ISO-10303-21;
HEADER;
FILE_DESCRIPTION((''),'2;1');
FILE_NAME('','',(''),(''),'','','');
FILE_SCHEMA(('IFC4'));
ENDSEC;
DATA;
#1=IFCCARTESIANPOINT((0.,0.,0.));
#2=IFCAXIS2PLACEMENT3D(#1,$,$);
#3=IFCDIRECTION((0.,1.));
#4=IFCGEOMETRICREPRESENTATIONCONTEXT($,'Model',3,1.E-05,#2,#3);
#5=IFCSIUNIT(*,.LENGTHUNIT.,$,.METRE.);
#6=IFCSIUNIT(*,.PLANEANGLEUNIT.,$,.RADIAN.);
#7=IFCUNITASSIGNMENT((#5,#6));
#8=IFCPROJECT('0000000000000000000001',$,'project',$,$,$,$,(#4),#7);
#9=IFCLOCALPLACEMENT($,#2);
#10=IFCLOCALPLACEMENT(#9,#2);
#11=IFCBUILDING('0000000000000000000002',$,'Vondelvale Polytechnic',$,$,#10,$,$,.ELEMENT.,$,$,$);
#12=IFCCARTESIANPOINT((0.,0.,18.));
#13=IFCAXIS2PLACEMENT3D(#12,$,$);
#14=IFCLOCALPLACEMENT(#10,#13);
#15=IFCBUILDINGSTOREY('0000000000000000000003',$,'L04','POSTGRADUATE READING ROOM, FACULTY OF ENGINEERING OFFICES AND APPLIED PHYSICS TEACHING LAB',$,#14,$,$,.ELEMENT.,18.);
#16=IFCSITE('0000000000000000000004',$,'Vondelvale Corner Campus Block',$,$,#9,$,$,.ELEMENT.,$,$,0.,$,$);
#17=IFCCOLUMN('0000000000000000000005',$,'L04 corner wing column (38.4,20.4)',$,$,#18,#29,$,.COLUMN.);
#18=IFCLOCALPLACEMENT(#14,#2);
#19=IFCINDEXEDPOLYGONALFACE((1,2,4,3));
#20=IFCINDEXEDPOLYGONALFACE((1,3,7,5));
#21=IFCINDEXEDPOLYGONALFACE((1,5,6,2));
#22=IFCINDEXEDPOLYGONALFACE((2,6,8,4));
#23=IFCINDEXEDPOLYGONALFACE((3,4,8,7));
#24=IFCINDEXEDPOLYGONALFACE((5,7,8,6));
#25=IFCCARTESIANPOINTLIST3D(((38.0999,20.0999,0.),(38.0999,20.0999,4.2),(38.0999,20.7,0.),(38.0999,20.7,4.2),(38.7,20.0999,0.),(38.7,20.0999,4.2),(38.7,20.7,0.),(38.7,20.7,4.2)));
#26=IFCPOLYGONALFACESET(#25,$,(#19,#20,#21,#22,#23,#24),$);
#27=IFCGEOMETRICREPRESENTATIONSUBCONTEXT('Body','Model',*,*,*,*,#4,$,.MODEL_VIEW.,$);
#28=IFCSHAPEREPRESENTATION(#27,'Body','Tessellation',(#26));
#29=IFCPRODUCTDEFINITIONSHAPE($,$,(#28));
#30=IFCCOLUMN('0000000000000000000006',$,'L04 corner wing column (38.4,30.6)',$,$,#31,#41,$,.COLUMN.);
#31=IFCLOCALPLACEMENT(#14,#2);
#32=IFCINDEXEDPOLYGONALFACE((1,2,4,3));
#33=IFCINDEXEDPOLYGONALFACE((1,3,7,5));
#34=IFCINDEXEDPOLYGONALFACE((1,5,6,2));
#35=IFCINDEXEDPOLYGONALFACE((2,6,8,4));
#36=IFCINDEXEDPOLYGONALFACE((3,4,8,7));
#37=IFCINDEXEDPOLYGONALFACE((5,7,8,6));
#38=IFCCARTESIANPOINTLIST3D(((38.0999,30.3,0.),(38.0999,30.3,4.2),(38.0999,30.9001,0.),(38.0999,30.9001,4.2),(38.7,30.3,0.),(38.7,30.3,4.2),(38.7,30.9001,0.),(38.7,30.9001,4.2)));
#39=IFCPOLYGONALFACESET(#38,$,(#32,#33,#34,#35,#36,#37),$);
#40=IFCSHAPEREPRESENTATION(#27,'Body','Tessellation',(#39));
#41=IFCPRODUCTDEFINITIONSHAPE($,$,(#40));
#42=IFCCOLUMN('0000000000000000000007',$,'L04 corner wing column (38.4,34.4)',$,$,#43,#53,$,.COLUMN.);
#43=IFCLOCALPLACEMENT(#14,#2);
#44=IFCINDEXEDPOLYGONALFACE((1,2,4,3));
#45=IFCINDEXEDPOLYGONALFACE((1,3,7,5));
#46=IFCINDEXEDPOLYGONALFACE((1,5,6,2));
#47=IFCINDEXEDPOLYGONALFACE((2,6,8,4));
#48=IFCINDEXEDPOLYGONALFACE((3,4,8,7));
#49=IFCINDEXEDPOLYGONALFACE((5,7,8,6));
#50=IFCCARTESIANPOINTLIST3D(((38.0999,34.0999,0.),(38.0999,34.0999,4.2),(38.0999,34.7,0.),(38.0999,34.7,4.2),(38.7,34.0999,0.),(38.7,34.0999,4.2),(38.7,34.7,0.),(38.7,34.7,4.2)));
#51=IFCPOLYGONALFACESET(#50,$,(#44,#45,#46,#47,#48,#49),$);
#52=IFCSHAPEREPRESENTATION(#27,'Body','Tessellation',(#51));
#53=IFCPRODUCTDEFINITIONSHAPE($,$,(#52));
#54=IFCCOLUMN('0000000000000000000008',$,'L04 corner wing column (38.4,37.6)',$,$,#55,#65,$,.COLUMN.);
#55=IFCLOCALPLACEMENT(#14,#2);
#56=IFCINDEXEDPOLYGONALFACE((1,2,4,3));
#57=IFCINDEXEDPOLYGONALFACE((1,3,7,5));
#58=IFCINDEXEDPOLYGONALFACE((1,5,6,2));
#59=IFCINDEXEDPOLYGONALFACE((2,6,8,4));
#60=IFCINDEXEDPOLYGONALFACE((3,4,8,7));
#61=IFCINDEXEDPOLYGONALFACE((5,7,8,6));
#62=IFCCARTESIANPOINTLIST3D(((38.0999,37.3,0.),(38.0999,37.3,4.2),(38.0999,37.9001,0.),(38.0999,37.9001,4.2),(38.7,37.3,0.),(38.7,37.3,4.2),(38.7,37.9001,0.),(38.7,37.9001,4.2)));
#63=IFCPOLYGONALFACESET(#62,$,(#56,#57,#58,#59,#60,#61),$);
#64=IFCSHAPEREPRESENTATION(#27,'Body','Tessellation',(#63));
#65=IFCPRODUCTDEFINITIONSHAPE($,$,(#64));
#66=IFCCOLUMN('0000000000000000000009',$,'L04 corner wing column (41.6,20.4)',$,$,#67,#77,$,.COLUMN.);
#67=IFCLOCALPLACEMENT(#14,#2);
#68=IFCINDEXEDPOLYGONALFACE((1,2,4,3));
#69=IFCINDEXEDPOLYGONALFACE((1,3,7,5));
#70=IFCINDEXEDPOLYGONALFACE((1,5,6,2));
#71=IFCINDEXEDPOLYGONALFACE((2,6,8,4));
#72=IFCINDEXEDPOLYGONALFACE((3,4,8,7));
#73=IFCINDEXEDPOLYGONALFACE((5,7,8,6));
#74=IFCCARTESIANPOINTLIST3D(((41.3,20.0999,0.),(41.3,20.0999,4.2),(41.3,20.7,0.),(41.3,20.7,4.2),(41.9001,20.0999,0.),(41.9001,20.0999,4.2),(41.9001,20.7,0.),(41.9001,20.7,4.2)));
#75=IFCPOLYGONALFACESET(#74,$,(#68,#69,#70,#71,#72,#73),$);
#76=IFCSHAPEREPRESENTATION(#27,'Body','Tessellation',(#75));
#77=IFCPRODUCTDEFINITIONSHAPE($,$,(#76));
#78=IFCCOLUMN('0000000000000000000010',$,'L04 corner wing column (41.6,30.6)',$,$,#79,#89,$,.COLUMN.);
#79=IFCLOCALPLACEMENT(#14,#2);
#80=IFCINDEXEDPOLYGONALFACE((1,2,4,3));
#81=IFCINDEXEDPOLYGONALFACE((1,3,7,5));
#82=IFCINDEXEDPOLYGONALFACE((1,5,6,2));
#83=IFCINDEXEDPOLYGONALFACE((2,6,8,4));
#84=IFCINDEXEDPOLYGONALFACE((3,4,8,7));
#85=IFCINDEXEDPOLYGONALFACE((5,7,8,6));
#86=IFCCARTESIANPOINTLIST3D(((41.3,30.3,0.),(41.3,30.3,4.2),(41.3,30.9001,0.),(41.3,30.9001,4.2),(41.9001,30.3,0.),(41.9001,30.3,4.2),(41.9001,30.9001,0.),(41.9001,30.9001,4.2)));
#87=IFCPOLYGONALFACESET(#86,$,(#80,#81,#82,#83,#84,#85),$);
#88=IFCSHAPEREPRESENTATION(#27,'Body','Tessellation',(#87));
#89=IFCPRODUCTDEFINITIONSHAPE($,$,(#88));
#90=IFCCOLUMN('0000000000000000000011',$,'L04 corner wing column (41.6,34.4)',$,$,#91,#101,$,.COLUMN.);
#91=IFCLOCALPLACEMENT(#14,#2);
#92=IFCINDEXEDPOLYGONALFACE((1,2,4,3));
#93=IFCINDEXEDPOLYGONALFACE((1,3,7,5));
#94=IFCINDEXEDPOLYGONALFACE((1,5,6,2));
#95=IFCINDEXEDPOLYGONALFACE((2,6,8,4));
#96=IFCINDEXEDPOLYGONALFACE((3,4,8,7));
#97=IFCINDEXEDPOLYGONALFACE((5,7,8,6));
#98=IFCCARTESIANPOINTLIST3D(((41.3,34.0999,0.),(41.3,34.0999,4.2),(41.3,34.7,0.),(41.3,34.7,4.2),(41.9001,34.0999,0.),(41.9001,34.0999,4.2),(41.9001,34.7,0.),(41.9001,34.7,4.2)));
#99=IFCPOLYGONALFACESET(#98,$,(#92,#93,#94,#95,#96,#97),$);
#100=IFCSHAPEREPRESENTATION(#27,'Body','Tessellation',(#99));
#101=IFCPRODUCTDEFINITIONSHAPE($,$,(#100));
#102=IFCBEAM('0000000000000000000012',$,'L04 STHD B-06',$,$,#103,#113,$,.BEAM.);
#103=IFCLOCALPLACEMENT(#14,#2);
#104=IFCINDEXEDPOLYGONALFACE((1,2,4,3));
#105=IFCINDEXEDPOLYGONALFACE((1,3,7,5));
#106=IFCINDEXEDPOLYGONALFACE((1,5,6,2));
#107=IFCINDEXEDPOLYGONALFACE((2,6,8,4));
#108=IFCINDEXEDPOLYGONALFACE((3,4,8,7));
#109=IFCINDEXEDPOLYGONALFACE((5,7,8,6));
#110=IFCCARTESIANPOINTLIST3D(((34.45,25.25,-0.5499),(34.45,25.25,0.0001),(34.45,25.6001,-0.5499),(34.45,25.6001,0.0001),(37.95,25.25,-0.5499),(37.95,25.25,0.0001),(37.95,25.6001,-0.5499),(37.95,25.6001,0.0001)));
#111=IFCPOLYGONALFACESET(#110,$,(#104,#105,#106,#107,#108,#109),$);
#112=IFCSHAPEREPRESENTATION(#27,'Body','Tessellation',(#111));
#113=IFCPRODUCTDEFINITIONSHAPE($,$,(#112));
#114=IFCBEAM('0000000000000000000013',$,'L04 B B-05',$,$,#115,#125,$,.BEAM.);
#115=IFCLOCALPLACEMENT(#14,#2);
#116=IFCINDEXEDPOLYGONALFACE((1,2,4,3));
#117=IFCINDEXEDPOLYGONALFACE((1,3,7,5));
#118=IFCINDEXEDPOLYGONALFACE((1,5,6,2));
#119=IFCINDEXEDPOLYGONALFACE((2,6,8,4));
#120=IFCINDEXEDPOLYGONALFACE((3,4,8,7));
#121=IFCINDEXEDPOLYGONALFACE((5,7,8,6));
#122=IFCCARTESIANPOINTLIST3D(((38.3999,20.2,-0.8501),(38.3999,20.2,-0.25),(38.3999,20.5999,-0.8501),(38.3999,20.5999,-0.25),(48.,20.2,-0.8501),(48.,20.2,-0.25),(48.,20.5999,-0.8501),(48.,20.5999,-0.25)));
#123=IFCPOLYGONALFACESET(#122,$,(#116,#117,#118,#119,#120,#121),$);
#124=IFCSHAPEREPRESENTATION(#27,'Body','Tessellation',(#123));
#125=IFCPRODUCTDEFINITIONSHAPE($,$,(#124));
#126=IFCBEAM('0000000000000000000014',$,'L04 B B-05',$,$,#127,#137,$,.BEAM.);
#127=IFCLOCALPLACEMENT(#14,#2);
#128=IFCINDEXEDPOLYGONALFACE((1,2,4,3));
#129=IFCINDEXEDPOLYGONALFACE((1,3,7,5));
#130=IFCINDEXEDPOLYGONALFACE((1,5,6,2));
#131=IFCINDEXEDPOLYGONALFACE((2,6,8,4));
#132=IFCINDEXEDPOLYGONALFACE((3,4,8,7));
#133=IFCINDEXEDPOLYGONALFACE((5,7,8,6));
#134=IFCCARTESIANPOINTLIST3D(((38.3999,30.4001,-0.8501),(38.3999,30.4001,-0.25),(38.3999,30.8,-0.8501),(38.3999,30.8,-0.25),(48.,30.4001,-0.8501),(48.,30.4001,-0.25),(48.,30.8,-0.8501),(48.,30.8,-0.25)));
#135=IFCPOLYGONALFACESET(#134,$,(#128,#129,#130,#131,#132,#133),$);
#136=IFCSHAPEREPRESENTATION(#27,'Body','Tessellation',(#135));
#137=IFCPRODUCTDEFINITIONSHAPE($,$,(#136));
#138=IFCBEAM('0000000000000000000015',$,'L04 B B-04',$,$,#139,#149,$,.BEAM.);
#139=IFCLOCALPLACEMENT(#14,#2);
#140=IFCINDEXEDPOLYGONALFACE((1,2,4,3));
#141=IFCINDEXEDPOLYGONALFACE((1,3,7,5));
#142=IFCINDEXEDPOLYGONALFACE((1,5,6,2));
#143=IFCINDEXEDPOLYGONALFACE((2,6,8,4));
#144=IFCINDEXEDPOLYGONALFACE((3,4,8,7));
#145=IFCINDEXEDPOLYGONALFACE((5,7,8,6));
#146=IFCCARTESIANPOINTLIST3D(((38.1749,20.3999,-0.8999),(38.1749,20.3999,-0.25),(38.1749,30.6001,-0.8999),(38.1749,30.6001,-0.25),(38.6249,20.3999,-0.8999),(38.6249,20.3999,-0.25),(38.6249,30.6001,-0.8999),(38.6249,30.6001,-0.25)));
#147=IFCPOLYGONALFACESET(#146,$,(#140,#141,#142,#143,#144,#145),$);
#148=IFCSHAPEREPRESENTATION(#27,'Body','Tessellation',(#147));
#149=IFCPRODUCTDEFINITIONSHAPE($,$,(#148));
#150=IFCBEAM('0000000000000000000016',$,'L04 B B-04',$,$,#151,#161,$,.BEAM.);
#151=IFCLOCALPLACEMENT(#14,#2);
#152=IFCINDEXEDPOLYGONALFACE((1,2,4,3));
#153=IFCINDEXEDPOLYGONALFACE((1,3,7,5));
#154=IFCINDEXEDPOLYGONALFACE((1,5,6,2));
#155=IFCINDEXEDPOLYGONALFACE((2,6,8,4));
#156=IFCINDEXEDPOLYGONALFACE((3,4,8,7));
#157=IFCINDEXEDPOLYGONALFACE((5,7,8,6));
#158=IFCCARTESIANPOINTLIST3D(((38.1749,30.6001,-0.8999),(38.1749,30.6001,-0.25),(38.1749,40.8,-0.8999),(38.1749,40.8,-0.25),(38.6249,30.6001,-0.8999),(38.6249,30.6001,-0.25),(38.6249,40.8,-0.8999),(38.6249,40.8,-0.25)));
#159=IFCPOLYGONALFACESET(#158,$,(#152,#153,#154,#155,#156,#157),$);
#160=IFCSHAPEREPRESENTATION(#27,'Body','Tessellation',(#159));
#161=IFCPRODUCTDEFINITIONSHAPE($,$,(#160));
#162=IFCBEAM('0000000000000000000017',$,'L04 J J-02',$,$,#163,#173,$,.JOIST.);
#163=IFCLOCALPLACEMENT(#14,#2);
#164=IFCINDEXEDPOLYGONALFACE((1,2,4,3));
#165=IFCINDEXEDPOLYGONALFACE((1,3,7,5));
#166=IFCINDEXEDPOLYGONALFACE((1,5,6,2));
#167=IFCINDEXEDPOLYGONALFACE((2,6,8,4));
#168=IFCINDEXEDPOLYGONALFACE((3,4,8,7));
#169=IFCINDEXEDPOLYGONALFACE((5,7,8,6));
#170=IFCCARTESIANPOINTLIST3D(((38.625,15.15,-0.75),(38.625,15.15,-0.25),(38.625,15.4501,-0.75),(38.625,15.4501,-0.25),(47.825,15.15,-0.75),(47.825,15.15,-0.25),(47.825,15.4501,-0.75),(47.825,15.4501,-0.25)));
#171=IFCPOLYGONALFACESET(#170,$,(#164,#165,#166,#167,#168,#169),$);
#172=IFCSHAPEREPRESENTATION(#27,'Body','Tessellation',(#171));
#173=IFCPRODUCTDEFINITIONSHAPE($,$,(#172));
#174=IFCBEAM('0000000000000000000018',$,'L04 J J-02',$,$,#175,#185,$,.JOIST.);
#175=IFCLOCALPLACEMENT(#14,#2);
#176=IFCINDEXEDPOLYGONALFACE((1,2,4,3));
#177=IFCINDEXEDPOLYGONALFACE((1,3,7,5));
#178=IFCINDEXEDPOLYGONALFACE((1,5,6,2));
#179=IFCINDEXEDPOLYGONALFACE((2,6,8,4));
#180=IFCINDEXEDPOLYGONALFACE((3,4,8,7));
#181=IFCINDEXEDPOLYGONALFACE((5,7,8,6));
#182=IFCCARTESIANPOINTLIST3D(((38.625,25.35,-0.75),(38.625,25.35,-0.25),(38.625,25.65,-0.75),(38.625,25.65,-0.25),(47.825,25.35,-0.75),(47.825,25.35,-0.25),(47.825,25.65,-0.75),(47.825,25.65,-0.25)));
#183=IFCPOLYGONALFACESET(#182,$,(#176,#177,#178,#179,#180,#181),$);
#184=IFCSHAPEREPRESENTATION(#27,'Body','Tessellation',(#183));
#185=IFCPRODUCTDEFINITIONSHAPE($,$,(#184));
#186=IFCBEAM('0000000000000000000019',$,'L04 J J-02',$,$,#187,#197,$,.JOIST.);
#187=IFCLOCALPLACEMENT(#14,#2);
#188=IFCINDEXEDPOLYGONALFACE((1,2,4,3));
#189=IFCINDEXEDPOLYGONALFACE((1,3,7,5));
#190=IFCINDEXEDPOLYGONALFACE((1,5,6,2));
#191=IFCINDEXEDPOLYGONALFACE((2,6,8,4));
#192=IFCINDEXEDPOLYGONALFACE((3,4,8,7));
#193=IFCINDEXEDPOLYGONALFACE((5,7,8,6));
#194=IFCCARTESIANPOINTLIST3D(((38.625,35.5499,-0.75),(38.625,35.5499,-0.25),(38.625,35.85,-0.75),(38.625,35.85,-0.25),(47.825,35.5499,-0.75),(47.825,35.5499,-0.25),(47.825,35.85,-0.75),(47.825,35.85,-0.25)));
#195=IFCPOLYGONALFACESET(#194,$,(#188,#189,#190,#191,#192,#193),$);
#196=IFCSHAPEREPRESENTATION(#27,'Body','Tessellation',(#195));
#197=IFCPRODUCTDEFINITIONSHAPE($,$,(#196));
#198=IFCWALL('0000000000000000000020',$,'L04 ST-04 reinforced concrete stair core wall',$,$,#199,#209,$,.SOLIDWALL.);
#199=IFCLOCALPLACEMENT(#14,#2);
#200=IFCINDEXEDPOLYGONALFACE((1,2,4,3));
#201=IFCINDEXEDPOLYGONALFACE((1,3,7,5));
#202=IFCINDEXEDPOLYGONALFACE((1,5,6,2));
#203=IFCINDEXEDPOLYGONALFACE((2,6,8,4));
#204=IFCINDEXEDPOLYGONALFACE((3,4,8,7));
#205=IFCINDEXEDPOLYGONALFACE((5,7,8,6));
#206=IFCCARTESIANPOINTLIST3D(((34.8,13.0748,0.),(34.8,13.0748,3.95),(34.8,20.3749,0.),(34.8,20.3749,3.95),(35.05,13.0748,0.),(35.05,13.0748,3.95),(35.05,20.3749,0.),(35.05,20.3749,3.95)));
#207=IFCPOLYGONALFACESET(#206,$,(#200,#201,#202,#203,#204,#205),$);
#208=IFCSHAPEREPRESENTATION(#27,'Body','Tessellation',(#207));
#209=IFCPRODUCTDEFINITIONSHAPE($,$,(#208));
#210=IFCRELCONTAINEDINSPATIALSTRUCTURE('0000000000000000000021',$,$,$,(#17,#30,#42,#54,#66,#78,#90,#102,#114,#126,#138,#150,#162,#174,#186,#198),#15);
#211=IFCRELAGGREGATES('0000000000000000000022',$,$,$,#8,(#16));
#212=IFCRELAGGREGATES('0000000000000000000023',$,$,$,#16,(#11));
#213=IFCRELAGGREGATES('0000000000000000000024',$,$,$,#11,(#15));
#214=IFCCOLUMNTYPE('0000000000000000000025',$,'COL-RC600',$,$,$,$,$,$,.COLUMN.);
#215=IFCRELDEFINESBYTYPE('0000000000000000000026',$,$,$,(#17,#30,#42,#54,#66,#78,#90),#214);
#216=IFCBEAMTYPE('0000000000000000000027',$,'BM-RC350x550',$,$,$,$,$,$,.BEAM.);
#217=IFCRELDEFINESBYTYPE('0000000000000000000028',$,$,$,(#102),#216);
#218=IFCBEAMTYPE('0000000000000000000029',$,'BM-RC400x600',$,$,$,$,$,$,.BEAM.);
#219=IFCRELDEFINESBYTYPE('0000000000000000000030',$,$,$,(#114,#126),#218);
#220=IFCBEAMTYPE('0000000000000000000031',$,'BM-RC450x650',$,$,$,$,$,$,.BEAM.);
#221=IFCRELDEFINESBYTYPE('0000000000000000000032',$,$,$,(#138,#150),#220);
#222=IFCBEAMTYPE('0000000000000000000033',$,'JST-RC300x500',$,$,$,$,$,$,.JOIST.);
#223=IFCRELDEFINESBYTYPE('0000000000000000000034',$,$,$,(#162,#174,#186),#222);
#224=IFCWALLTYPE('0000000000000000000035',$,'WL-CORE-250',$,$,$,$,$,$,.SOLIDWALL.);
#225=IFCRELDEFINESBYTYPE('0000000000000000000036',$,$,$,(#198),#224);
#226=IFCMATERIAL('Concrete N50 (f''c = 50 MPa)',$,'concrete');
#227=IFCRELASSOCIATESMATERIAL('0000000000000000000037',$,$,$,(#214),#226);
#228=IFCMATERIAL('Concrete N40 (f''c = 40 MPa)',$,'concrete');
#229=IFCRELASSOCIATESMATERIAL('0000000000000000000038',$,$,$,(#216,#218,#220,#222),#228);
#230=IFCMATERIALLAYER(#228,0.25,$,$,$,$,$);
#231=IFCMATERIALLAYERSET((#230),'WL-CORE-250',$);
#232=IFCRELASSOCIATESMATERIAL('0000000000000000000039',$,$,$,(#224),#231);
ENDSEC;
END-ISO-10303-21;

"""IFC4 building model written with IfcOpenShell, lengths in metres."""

from ifc_helpers import new_model, si_unit, direction, frame, frame_2d, origin, origin_2d, place, context, subcontext, project, spatial, rectangle, extrude, material, layer, layer_set, material_profile, profile_set, type_object, element, save


model = new_model("IFC4")

# Units and contexts
model_context = context("Model", 3, precision=1e-05, world=origin(), true_north=direction((0.0, 1.0)))
body_context = subcontext(model_context, "Body", "Model", "MODEL_VIEW")
ifc_project = project(units=[si_unit("LENGTHUNIT", "METRE"), si_unit("PLANEANGLEUNIT", "RADIAN")], contexts=[model_context])

# Site, building, storey
site_placement = place(None, origin())
site = spatial("IfcSite", under=ifc_project, at=site_placement, Name="Vondelvale Corner Campus Block", CompositionType="ELEMENT", RefElevation=0.0)
building_placement = place(site_placement, origin())
building = spatial("IfcBuilding", under=site, at=building_placement, Name="Vondelvale Polytechnic", CompositionType="ELEMENT")
storey_placement = place(building_placement, frame((0.0, 0.0, 18.0)))
storey = spatial("IfcBuildingStorey", under=building, at=storey_placement, Name="L04", Description="POSTGRADUATE READING ROOM, FACULTY OF ENGINEERING OFFICES AND APPLIED PHYSICS TEACHING LAB", CompositionType="ELEMENT", Elevation=18.0)

# Columns
ifc_material_1 = material(Name="Concrete N50 (f'c = 50 MPa)", Category="concrete")
ifc_material_profile_1 = material_profile(ifc_material_1, rectangle(XDim=0.6001, YDim=0.6001, at=origin_2d()), Name="RC-COL-600x600")
ifc_profile_set_1 = profile_set([ifc_material_profile_1], Name="Concrete N50 (f'c = 50 MPa)")
column_type = type_object("IfcColumnType", Name="COL-RC600", PredefinedType="COLUMN", material=ifc_profile_set_1)
for number, where, z_axis, x_axis, name in (
    (1, (38.3999, 20.3999, 0.0), (0.0, 0.0, 1.0), (1.0, 0.0, 0.0), "L04 corner wing column (38.4,20.4)"),
    (2, (38.3999, 30.6001, 0.0), (0.0, 0.0, 1.0), (1.0, 0.0, 0.0), "L04 corner wing column (38.4,30.6)"),
    (3, (38.3999, 34.3999, 0.0), (0.0, 0.0, 1.0), (1.0, 0.0, 0.0), "L04 corner wing column (38.4,34.4)"),
    (4, (38.3999, 37.6001, 0.0), (0.0, 0.0, 1.0), (1.0, 0.0, 0.0), "L04 corner wing column (38.4,37.6)"),
    (5, (41.6001, 20.3999, 0.0), (0.0, 0.0, 1.0), (1.0, 0.0, 0.0), "L04 corner wing column (41.6,20.4)"),
    (6, (41.6001, 30.6001, 0.0), (0.0, 0.0, 1.0), (1.0, 0.0, 0.0), "L04 corner wing column (41.6,30.6)"),
    (7, (41.6001, 34.3999, 0.0), (0.0, 0.0, 1.0), (1.0, 0.0, 0.0), "L04 corner wing column (41.6,34.4)"),
):
    element("IfcColumn", number, at=place(storey_placement, frame(where, z_axis=z_axis, x_axis=x_axis)), inside=storey, type_object=column_type, Name=name, PredefinedType="COLUMN", context=body_context, shape_type="SweptSolid", body=[
        extrude(rectangle(XDim=0.6001, YDim=0.6001, at=origin_2d()), origin(), (0.0, 0.0, 1.0), 4.2),
    ])

# Beams
ifc_material_2 = material(Name="Concrete N40 (f'c = 40 MPa)", Category="concrete")
ifc_material_profile_2 = material_profile(ifc_material_2, rectangle(XDim=0.3501, YDim=0.55, at=origin_2d()), Name="RC-BM-350x550")
ifc_profile_set_2 = profile_set([ifc_material_profile_2], Name="Concrete N40 (f'c = 40 MPa)")
beam_type_1 = type_object("IfcBeamType", Name="BM-RC350x550", PredefinedType="BEAM", material=ifc_profile_set_2)
beam_1_placement = place(storey_placement, frame((37.95, 25.425, -0.2749), z_axis=(-1.0, 0.0, 0.0), x_axis=(0.0, -1.0, 0.0)))
element("IfcBeam", 8, at=beam_1_placement, inside=storey, type_object=beam_type_1, Name="L04 STHD B-06", PredefinedType="BEAM", context=body_context, shape_type="SweptSolid", body=[
    extrude(rectangle(XDim=0.3501, YDim=0.55, at=origin_2d()), origin(), (0.0, 0.0, 1.0), 3.5),
])
ifc_material_profile_3 = material_profile(ifc_material_2, rectangle(XDim=0.3999, YDim=0.6001, at=origin_2d()), Name="RC-BM-400x600")
ifc_profile_set_3 = profile_set([ifc_material_profile_3], Name="Concrete N40 (f'c = 40 MPa)")
beam_type_2 = type_object("IfcBeamType", Name="BM-RC400x600", PredefinedType="BEAM", material=ifc_profile_set_3)
for number, where, z_axis, x_axis, name in (
    (9, (38.3999, 20.3999, -0.55), (1.0, 0.0, 0.0), (0.0, 1.0, 0.0), "L04 B B-05"),
    (10, (38.3999, 30.6001, -0.55), (1.0, 0.0, 0.0), (0.0, 1.0, 0.0), "L04 B B-05"),
):
    element("IfcBeam", number, at=place(storey_placement, frame(where, z_axis=z_axis, x_axis=x_axis)), inside=storey, type_object=beam_type_2, Name=name, PredefinedType="BEAM", context=body_context, shape_type="SweptSolid", body=[
        extrude(rectangle(XDim=0.3999, YDim=0.6001, at=origin_2d()), origin(), (0.0, 0.0, 1.0), 9.6001),
    ])
ifc_material_profile_4 = material_profile(ifc_material_2, rectangle(XDim=0.45, YDim=0.6499, at=origin_2d()), Name="RC-BM-450x650")
ifc_profile_set_4 = profile_set([ifc_material_profile_4], Name="Concrete N40 (f'c = 40 MPa)")
beam_type_3 = type_object("IfcBeamType", Name="BM-RC450x650", PredefinedType="BEAM", material=ifc_profile_set_4)
beam_2_placement = place(storey_placement, frame((38.3999, 20.3999, -0.575), z_axis=(0.0, 1.0, 0.0), x_axis=(-1.0, 0.0, 0.0)))
element("IfcBeam", 11, at=beam_2_placement, inside=storey, type_object=beam_type_3, Name="L04 B B-04", PredefinedType="BEAM", context=body_context, shape_type="SweptSolid", body=[
    extrude(rectangle(XDim=0.45, YDim=0.6499, at=origin_2d()), origin(), (0.0, 0.0, 1.0), 10.2002),
])
beam_3_placement = place(storey_placement, frame((38.3999, 30.6001, -0.575), z_axis=(0.0, 1.0, 0.0), x_axis=(-1.0, 0.0, 0.0)))
element("IfcBeam", 12, at=beam_3_placement, inside=storey, type_object=beam_type_3, Name="L04 B B-04", PredefinedType="BEAM", context=body_context, shape_type="SweptSolid", body=[
    extrude(rectangle(XDim=0.45, YDim=0.6499, at=origin_2d()), origin(), (0.0, 0.0, 1.0), 10.2),
])
ifc_material_profile_5 = material_profile(ifc_material_2, rectangle(XDim=0.3, YDim=0.5, at=origin_2d()), Name="RC-JST-300x500")
ifc_profile_set_5 = profile_set([ifc_material_profile_5], Name="Concrete N40 (f'c = 40 MPa)")
beam_type_4 = type_object("IfcBeamType", Name="JST-RC300x500", PredefinedType="JOIST", material=ifc_profile_set_5)
for number, where, z_axis, x_axis, name in (
    (13, (38.625, 15.3, -0.5), (1.0, 0.0, 0.0), (0.0, 1.0, 0.0), "L04 J J-02"),
    (14, (38.625, 25.5, -0.5), (1.0, 0.0, 0.0), (0.0, 1.0, 0.0), "L04 J J-02"),
    (15, (38.625, 35.7, -0.5), (1.0, 0.0, 0.0), (0.0, 1.0, 0.0), "L04 J J-02"),
):
    element("IfcBeam", number, at=place(storey_placement, frame(where, z_axis=z_axis, x_axis=x_axis)), inside=storey, type_object=beam_type_4, Name=name, PredefinedType="JOIST", context=body_context, shape_type="SweptSolid", body=[
        extrude(rectangle(XDim=0.3, YDim=0.5, at=origin_2d()), origin(), (0.0, 0.0, 1.0), 9.2),
    ])

# Wall
ifc_layer_1 = layer(ifc_material_2, 0.25)
ifc_layer_set_1 = layer_set([ifc_layer_1], Name="WL-CORE-250")
wall_type_1 = type_object("IfcWallType", Name="WL-CORE-250", PredefinedType="SOLIDWALL", material=ifc_layer_set_1)
wall_1_placement = place(storey_placement, frame((34.925, 13.075, 0.0), z_axis=(0.0, 0.0, 1.0), x_axis=(0.0, 1.0, 0.0)))
element("IfcWall", 16, at=wall_1_placement, inside=storey, type_object=wall_type_1, Name="L04 ST-04 reinforced concrete stair core wall", PredefinedType="SOLIDWALL", context=body_context, shape_type="SweptSolid", body=[
    extrude(rectangle(XDim=7.3, YDim=0.25, at=frame_2d((3.6499, 0.0))), origin(), (0.0, 0.0, 1.0), 3.95),
])

save(model, "model.ifc")
